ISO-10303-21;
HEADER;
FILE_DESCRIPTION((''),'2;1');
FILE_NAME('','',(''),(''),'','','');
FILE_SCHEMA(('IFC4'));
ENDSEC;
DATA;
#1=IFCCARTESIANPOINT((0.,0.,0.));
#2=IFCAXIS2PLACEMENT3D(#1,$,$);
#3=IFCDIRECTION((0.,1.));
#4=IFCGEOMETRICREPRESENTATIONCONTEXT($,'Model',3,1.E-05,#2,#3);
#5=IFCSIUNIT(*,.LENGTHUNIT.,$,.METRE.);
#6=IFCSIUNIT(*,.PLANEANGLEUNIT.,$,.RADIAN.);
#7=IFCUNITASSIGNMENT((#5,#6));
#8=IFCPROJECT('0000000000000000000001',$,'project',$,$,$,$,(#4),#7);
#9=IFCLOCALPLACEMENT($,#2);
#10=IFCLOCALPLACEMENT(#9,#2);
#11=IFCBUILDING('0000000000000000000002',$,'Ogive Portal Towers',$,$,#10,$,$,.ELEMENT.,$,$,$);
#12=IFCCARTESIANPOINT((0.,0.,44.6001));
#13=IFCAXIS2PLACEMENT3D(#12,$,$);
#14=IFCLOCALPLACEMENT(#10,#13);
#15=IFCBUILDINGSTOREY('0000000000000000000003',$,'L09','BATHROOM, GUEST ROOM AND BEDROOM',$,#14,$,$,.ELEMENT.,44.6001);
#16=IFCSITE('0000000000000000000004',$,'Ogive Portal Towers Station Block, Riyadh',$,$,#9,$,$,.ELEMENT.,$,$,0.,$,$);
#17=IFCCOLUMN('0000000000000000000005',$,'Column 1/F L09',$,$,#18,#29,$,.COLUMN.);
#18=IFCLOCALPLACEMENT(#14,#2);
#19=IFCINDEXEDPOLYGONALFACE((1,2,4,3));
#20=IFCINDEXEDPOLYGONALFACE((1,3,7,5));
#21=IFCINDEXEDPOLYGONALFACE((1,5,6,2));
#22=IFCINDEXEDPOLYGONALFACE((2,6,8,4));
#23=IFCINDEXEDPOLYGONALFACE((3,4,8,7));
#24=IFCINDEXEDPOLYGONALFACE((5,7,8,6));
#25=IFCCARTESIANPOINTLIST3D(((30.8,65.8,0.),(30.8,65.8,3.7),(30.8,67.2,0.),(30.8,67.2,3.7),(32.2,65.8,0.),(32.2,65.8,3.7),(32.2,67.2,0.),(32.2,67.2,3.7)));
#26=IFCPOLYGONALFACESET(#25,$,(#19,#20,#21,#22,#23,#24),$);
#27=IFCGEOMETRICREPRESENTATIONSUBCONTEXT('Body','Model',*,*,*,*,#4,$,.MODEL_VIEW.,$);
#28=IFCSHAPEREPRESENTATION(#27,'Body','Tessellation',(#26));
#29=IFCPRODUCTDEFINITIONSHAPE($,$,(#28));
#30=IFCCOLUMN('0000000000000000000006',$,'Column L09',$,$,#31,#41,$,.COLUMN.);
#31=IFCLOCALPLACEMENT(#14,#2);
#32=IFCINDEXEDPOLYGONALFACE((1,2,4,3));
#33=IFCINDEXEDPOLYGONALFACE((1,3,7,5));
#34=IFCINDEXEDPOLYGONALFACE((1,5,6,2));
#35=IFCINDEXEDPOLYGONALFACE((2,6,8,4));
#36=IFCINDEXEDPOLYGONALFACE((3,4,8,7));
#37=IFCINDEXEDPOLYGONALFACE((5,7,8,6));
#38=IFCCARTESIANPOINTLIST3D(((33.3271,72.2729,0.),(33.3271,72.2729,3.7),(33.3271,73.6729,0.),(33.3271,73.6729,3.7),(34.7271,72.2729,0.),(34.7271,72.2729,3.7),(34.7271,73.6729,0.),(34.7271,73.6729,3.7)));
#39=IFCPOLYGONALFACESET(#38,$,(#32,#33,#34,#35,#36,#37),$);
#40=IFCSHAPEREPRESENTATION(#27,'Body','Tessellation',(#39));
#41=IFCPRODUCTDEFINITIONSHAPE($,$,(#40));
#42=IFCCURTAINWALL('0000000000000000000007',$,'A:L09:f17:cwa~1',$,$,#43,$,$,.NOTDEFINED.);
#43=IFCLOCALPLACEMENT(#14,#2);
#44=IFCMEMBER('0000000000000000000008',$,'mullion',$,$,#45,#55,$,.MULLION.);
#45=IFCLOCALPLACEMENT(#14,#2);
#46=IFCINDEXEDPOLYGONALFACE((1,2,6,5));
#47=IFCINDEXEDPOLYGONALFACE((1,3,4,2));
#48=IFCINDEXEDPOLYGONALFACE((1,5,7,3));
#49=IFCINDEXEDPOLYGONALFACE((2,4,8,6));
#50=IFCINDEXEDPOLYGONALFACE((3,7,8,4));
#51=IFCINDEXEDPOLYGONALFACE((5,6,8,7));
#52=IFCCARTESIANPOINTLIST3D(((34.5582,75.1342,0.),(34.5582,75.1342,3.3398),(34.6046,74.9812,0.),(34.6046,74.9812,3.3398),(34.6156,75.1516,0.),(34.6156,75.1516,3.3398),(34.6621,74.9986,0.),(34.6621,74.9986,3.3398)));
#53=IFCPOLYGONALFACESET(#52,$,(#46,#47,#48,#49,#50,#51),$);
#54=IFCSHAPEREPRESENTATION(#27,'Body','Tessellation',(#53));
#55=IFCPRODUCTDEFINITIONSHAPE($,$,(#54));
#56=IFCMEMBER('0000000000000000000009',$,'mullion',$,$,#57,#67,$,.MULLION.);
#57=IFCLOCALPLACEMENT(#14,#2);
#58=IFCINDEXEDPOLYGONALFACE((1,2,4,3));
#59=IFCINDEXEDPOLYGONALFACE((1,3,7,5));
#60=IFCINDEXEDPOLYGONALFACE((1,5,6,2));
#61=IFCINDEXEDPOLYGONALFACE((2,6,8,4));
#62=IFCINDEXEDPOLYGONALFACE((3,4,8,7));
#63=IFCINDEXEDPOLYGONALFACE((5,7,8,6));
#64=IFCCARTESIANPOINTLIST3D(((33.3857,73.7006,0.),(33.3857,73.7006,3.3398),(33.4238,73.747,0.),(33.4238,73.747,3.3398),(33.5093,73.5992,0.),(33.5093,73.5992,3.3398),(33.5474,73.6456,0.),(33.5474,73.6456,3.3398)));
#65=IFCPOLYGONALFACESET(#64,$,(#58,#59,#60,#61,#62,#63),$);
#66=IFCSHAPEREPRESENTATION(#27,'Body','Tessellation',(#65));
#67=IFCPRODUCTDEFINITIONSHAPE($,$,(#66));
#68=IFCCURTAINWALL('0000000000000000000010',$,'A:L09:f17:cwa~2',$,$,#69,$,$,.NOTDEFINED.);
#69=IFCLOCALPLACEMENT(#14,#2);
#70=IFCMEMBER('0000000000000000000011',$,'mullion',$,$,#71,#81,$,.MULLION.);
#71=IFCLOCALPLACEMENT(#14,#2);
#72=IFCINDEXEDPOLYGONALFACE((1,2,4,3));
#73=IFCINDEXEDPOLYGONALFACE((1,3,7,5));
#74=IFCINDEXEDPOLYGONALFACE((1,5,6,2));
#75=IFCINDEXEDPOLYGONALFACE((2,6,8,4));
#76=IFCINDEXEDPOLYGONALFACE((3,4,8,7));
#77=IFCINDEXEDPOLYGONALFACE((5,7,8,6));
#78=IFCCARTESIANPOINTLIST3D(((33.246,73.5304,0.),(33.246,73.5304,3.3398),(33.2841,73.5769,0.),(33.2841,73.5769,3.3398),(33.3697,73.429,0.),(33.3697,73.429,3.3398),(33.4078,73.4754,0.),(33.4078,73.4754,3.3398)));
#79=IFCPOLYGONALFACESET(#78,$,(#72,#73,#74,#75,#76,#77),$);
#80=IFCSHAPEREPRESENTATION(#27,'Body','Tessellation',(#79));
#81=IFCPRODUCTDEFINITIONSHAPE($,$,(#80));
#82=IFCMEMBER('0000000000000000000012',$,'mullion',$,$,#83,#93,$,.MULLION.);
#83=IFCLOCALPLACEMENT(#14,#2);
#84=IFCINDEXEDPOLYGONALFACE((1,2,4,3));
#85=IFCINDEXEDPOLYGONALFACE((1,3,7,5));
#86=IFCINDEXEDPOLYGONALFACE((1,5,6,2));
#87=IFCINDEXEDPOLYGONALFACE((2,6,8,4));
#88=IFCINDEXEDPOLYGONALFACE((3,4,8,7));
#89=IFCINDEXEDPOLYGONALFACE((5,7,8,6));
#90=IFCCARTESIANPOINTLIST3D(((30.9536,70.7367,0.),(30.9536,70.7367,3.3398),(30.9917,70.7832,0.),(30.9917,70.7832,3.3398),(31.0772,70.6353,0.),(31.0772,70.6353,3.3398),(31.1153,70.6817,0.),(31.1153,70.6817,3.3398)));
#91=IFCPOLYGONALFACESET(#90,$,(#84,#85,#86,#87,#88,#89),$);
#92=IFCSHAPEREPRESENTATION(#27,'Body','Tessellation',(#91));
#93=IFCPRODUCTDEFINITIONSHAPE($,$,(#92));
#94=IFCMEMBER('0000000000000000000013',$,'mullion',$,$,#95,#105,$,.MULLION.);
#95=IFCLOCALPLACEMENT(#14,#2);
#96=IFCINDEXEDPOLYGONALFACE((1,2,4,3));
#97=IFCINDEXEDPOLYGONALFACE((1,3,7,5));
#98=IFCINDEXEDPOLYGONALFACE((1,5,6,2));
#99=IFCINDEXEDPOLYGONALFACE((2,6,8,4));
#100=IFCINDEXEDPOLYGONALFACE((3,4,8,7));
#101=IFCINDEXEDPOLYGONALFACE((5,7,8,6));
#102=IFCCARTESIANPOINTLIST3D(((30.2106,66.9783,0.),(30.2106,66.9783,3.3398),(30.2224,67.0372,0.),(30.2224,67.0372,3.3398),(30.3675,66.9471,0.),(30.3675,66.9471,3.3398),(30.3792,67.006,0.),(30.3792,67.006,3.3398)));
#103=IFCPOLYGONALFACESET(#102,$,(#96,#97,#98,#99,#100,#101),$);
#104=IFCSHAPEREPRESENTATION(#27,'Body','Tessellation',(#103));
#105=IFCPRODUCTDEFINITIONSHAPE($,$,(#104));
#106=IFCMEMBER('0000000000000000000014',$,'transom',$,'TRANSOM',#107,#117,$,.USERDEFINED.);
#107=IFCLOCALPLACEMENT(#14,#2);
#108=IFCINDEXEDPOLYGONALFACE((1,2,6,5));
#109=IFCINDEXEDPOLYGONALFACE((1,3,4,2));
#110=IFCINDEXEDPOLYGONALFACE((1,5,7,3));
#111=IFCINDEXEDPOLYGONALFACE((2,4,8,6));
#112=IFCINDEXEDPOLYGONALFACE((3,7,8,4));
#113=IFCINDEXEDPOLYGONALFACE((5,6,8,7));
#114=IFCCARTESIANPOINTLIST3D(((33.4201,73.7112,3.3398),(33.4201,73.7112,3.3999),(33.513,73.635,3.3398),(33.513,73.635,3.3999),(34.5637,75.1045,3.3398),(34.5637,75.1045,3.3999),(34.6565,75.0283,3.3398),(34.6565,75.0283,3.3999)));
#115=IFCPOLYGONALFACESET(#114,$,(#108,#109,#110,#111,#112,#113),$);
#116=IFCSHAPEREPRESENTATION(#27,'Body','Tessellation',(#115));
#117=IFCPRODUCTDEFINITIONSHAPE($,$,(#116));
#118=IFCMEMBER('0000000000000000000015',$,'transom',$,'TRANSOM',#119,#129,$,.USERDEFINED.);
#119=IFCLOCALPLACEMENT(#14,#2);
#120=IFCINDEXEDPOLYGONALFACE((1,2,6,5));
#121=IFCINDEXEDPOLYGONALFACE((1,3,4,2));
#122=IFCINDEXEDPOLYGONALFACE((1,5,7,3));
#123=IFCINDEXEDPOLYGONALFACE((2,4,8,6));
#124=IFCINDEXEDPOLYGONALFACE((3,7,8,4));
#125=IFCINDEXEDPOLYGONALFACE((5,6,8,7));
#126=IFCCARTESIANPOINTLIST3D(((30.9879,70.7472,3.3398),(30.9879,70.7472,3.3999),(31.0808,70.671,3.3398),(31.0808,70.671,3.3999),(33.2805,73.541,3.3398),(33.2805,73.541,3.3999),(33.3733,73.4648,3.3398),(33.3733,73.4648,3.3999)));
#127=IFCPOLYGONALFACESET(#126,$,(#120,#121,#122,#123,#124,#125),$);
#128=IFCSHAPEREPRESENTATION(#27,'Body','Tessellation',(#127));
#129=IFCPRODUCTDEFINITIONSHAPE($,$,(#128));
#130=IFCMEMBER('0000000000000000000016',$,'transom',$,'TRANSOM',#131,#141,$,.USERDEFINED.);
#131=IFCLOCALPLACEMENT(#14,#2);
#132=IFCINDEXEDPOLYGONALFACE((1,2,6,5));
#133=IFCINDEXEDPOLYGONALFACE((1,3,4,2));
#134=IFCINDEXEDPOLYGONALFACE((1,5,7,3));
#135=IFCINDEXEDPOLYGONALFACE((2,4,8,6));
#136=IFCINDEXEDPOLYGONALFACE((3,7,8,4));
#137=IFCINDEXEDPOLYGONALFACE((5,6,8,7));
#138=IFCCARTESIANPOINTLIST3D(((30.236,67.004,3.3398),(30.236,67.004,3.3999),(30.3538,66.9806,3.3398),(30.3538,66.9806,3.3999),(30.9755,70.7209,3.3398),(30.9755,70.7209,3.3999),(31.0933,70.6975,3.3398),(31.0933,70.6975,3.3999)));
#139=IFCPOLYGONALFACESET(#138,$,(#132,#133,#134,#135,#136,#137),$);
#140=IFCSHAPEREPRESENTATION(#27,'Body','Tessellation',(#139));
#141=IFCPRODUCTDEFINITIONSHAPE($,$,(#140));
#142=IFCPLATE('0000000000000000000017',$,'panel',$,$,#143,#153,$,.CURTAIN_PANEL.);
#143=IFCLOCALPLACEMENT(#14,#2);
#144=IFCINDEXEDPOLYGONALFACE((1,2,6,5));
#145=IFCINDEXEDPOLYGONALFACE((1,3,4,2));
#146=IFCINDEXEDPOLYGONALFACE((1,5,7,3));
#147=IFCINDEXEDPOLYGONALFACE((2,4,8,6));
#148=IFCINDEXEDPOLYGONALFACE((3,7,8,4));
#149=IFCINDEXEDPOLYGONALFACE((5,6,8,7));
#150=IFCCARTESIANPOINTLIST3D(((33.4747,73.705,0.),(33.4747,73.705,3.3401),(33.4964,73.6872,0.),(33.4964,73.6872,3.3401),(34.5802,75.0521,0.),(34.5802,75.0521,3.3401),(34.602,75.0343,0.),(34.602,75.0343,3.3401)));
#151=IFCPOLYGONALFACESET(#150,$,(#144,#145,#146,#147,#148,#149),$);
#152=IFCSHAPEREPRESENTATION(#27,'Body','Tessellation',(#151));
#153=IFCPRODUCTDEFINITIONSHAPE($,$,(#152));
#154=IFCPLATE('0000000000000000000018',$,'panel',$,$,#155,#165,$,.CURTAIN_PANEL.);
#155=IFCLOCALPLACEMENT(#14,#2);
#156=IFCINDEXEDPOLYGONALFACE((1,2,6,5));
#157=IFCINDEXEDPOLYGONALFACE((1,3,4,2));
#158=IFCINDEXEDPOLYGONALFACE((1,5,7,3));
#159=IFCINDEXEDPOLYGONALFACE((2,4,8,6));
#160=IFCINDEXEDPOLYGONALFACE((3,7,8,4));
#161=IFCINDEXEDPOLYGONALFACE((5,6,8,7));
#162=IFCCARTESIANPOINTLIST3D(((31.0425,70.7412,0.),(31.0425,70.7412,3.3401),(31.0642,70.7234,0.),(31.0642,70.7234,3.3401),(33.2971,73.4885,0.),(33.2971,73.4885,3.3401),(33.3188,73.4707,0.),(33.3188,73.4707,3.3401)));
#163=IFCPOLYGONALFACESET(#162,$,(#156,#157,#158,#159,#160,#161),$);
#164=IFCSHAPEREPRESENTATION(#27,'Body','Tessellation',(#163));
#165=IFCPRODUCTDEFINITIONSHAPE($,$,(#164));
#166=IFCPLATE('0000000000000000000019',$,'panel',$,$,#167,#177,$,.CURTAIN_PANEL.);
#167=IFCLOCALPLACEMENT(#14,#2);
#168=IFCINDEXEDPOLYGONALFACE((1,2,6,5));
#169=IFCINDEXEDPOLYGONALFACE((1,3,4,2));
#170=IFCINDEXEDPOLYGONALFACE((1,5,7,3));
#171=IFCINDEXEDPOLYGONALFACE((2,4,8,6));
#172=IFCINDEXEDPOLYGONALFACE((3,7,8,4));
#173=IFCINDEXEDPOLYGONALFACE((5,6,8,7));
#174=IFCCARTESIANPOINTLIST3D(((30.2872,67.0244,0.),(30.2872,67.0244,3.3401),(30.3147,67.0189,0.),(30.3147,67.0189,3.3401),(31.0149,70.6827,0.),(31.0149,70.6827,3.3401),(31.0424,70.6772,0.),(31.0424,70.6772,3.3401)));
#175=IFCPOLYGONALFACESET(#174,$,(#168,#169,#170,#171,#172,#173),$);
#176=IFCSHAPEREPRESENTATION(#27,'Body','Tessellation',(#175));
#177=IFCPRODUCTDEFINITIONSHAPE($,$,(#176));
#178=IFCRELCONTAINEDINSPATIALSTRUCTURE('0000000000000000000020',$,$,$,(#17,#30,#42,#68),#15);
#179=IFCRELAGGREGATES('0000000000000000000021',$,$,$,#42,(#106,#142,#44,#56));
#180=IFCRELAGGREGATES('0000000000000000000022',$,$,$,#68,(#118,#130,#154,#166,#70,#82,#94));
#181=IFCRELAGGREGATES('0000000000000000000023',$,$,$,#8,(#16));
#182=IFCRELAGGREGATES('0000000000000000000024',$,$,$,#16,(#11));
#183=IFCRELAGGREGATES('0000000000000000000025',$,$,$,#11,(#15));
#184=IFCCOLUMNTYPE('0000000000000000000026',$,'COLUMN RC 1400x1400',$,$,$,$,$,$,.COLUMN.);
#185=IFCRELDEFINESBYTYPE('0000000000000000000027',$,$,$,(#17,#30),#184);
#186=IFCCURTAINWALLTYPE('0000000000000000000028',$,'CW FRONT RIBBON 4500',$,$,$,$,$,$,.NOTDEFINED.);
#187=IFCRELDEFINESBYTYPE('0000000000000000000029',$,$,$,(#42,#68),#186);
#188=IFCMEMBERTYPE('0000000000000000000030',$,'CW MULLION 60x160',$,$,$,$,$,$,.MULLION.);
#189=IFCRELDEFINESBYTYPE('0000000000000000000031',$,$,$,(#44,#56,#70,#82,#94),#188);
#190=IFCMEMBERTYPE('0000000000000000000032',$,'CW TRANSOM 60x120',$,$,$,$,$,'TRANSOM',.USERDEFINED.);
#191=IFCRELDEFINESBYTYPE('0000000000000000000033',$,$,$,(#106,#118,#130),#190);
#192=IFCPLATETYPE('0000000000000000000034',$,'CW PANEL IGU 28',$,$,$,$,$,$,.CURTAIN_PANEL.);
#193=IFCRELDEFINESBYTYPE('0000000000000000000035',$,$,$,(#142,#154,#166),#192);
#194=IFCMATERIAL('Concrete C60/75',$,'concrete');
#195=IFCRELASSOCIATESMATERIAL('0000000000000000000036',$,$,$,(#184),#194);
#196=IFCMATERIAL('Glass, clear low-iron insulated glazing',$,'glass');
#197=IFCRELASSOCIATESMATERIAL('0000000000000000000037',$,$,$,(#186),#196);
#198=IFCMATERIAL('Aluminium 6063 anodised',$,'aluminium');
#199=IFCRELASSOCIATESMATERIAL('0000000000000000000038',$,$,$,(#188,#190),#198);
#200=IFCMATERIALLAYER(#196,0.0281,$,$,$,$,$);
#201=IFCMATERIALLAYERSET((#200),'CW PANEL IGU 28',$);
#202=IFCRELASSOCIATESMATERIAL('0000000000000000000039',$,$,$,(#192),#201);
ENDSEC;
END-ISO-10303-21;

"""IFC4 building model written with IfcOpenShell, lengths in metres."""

from ifc_helpers import new_model, si_unit, direction, frame, origin, origin_2d, place, context, subcontext, project, spatial, rectangle, extrude, material, layer, layer_set, material_profile, profile_set, type_object, element, aggregate, save


model = new_model("IFC4")

# Units and contexts
model_context = context("Model", 3, precision=1e-05, world=origin(), true_north=direction((0.0, 1.0)))
body_context = subcontext(model_context, "Body", "Model", "MODEL_VIEW")
ifc_project = project(units=[si_unit("LENGTHUNIT", "METRE"), si_unit("PLANEANGLEUNIT", "RADIAN")], contexts=[model_context])

# Site, building, storey
site_placement = place(None, origin())
site = spatial("IfcSite", under=ifc_project, at=site_placement, Name="Ogive Portal Towers Station Block, Riyadh", CompositionType="ELEMENT", RefElevation=0.0)
building_placement = place(site_placement, origin())
building = spatial("IfcBuilding", under=site, at=building_placement, Name="Ogive Portal Towers", CompositionType="ELEMENT")
storey_placement = place(building_placement, frame((0.0, 0.0, 44.6001)))
storey = spatial("IfcBuildingStorey", under=building, at=storey_placement, Name="L09", Description="BATHROOM, GUEST ROOM AND BEDROOM", CompositionType="ELEMENT", Elevation=44.6001)

# Columns
ifc_material_1 = material(Name="Concrete C60/75", Category="concrete")
ifc_material_profile_1 = material_profile(ifc_material_1, rectangle(XDim=1.3999, YDim=1.3999, at=origin_2d()), Name="RC 1400x1400")
ifc_profile_set_1 = profile_set([ifc_material_profile_1], Name="Concrete C60/75")
column_type = type_object("IfcColumnType", Name="COLUMN RC 1400x1400", PredefinedType="COLUMN", material=ifc_profile_set_1)
for number, where, z_axis, x_axis, name in (
    (1, (31.5, 66.5, 0.0), (0.0, 0.0, 1.0), (1.0, 0.0, 0.0), "Column 1/F L09"),
    (2, (34.0271, 72.9729, 0.0), (0.0, 0.0, 1.0), (1.0, 0.0, 0.0), "Column L09"),
):
    element("IfcColumn", number, at=place(storey_placement, frame(where, z_axis=z_axis, x_axis=x_axis)), inside=storey, type_object=column_type, Name=name, PredefinedType="COLUMN", context=body_context, shape_type="SweptSolid", body=[
        extrude(rectangle(XDim=1.3999, YDim=1.3999, at=origin_2d()), origin(), (0.0, 0.0, 1.0), 3.7),
    ])

# Curtain walls, members
ifc_material_2 = material(Name="Glass, clear low-iron insulated glazing", Category="glass")
curtain_wall_type = type_object("IfcCurtainWallType", Name="CW FRONT RIBBON 4500", PredefinedType="NOTDEFINED", material=ifc_material_2)
curtain_wall_1_placement = place(storey_placement, origin())
curtain_wall_1 = element("IfcCurtainWall", 3, at=curtain_wall_1_placement, inside=storey, type_object=curtain_wall_type, Name="A:L09:f17:cwa~1", PredefinedType="NOTDEFINED")
ifc_material_3 = material(Name="Aluminium 6063 anodised", Category="aluminium")
ifc_material_profile_2 = material_profile(ifc_material_3, rectangle(XDim=0.1599, YDim=0.0601, at=origin_2d()), Name="AL 60x160")
ifc_profile_set_2 = profile_set([ifc_material_profile_2], Name="Aluminium 6063 anodised")
member_type_1 = type_object("IfcMemberType", Name="CW MULLION 60x160", PredefinedType="MULLION", material=ifc_profile_set_2)
member_1_placement = place(storey_placement, frame((34.6101, 75.0664, 0.0), z_axis=(0.0, 0.0, 1.0), x_axis=(0.290285, -0.95694, 0.0)))
member_1 = element("IfcMember", 4, at=member_1_placement, type_object=member_type_1, Name="mullion", PredefinedType="MULLION", context=body_context, shape_type="SweptSolid", body=[
    extrude(rectangle(XDim=0.1599, YDim=0.0601, at=origin_2d()), origin(), (0.0, 0.0, 1.0), 3.3398),
])
member_2_placement = place(storey_placement, frame((33.4666, 73.6731, 0.0), z_axis=(0.0, 0.0, 1.0), x_axis=(0.77301, -0.634393, 0.0)))
member_2 = element("IfcMember", 5, at=member_2_placement, type_object=member_type_1, Name="mullion", PredefinedType="MULLION", context=body_context, shape_type="SweptSolid", body=[
    extrude(rectangle(XDim=0.1599, YDim=0.0601, at=origin_2d()), origin(), (0.0, 0.0, 1.0), 3.3398),
])
curtain_wall_2_placement = place(storey_placement, origin())
curtain_wall_2 = element("IfcCurtainWall", 6, at=curtain_wall_2_placement, inside=storey, type_object=curtain_wall_type, Name="A:L09:f17:cwa~2", PredefinedType="NOTDEFINED")
member_3_placement = place(storey_placement, frame((33.3269, 73.5029, 0.0), z_axis=(0.0, 0.0, 1.0), x_axis=(0.77301, -0.634393, 0.0)))
member_3 = element("IfcMember", 7, at=member_3_placement, type_object=member_type_1, Name="mullion", PredefinedType="MULLION", context=body_context, shape_type="SweptSolid", body=[
    extrude(rectangle(XDim=0.1599, YDim=0.0601, at=origin_2d()), origin(), (0.0, 0.0, 1.0), 3.3398),
])
member_4_placement = place(storey_placement, frame((31.0344, 70.7092, 0.0), z_axis=(0.0, 0.0, 1.0), x_axis=(0.77301, -0.634393, 0.0)))
member_4 = element("IfcMember", 8, at=member_4_placement, type_object=member_type_1, Name="mullion", PredefinedType="MULLION", context=body_context, shape_type="SweptSolid", body=[
    extrude(rectangle(XDim=0.1599, YDim=0.0601, at=origin_2d()), origin(), (0.0, 0.0, 1.0), 3.3398),
])
member_5_placement = place(storey_placement, frame((30.2949, 66.9922, 0.0), z_axis=(0.0, 0.0, 1.0), x_axis=(0.980785, -0.19509, 0.0)))
member_5 = element("IfcMember", 9, at=member_5_placement, type_object=member_type_1, Name="mullion", PredefinedType="MULLION", context=body_context, shape_type="SweptSolid", body=[
    extrude(rectangle(XDim=0.1599, YDim=0.0601, at=origin_2d()), origin(), (0.0, 0.0, 1.0), 3.3398),
])

# Members
ifc_material_profile_3 = material_profile(ifc_material_3, rectangle(XDim=0.1201, YDim=0.0601, at=origin_2d()), Name="AL 120x60")
ifc_profile_set_3 = profile_set([ifc_material_profile_3], Name="Aluminium 6063 anodised")
member_type_2 = type_object("IfcMemberType", Name="CW TRANSOM 60x120", ElementType="TRANSOM", PredefinedType="USERDEFINED", material=ifc_profile_set_3)
member_6_placement = place(storey_placement, frame((34.6101, 75.0664, 3.3699), z_axis=(-0.634425, -0.772985, 0.0), x_axis=(0.772985, -0.634425, 0.0)))
member_6 = element("IfcMember", 10, at=member_6_placement, type_object=member_type_2, Name="transom", ObjectType="TRANSOM", PredefinedType="USERDEFINED", context=body_context, shape_type="SweptSolid", body=[
    extrude(rectangle(XDim=0.1201, YDim=0.0601, at=origin_2d()), origin(), (0.0, 0.0, 1.0), 1.8025),
])
member_7_placement = place(storey_placement, frame((33.3269, 73.5029, 3.3699), z_axis=(-0.634352, -0.773044, 0.0), x_axis=(0.773044, -0.634352, 0.0)))
member_7 = element("IfcMember", 11, at=member_7_placement, type_object=member_type_2, Name="transom", ObjectType="TRANSOM", PredefinedType="USERDEFINED", context=body_context, shape_type="SweptSolid", body=[
    extrude(rectangle(XDim=0.1201, YDim=0.0601, at=origin_2d()), origin(), (0.0, 0.0, 1.0), 3.614),
])
member_8_placement = place(storey_placement, frame((31.0344, 70.7092, 3.3699), z_axis=(-0.195125, -0.980778, 0.0), x_axis=(0.980778, -0.195125, 0.0)))
member_8 = element("IfcMember", 12, at=member_8_placement, type_object=member_type_2, Name="transom", ObjectType="TRANSOM", PredefinedType="USERDEFINED", context=body_context, shape_type="SweptSolid", body=[
    extrude(rectangle(XDim=0.1201, YDim=0.0601, at=origin_2d()), origin(), (0.0, 0.0, 1.0), 3.7898),
])

# Plates
ifc_layer_1 = layer(ifc_material_2, 0.0281)
ifc_layer_set_1 = layer_set([ifc_layer_1], Name="CW PANEL IGU 28")
plate_type = type_object("IfcPlateType", Name="CW PANEL IGU 28", PredefinedType="CURTAIN_PANEL", material=ifc_layer_set_1)
plate_1_placement = place(storey_placement, frame((34.0383, 74.3696, 0.0), z_axis=(0.0, 0.0, 1.0), x_axis=(-0.634393, -0.77301, 0.0)))
plate_1 = element("IfcPlate", 13, at=plate_1_placement, type_object=plate_type, Name="panel", PredefinedType="CURTAIN_PANEL", context=body_context, shape_type="SweptSolid", body=[
    extrude(rectangle(XDim=1.7427, YDim=0.0281, at=origin_2d()), origin(), (0.0, 0.0, 1.0), 3.3401),
])
aggregate(curtain_wall_1, [member_6, plate_1, member_1, member_2])
plate_2_placement = place(storey_placement, frame((32.1807, 72.106, 0.0), z_axis=(0.0, 0.0, 1.0), x_axis=(-0.634393, -0.77301, 0.0)))
plate_2 = element("IfcPlate", 14, at=plate_2_placement, type_object=plate_type, Name="panel", PredefinedType="CURTAIN_PANEL", context=body_context, shape_type="SweptSolid", body=[
    extrude(rectangle(XDim=3.554, YDim=0.0281, at=origin_2d()), origin(), (0.0, 0.0, 1.0), 3.3401),
])
plate_3_placement = place(storey_placement, frame((30.6648, 68.8508, 0.0), z_axis=(0.0, 0.0, 1.0), x_axis=(-0.19509, -0.980785, 0.0)))
plate_3 = element("IfcPlate", 15, at=plate_3_placement, type_object=plate_type, Name="panel", PredefinedType="CURTAIN_PANEL", context=body_context, shape_type="SweptSolid", body=[
    extrude(rectangle(XDim=3.73, YDim=0.0281, at=origin_2d()), origin(), (0.0, 0.0, 1.0), 3.3401),
])
aggregate(curtain_wall_2, [member_7, member_8, plate_2, plate_3, member_3, member_4, member_5])

save(model, "model.ifc")
